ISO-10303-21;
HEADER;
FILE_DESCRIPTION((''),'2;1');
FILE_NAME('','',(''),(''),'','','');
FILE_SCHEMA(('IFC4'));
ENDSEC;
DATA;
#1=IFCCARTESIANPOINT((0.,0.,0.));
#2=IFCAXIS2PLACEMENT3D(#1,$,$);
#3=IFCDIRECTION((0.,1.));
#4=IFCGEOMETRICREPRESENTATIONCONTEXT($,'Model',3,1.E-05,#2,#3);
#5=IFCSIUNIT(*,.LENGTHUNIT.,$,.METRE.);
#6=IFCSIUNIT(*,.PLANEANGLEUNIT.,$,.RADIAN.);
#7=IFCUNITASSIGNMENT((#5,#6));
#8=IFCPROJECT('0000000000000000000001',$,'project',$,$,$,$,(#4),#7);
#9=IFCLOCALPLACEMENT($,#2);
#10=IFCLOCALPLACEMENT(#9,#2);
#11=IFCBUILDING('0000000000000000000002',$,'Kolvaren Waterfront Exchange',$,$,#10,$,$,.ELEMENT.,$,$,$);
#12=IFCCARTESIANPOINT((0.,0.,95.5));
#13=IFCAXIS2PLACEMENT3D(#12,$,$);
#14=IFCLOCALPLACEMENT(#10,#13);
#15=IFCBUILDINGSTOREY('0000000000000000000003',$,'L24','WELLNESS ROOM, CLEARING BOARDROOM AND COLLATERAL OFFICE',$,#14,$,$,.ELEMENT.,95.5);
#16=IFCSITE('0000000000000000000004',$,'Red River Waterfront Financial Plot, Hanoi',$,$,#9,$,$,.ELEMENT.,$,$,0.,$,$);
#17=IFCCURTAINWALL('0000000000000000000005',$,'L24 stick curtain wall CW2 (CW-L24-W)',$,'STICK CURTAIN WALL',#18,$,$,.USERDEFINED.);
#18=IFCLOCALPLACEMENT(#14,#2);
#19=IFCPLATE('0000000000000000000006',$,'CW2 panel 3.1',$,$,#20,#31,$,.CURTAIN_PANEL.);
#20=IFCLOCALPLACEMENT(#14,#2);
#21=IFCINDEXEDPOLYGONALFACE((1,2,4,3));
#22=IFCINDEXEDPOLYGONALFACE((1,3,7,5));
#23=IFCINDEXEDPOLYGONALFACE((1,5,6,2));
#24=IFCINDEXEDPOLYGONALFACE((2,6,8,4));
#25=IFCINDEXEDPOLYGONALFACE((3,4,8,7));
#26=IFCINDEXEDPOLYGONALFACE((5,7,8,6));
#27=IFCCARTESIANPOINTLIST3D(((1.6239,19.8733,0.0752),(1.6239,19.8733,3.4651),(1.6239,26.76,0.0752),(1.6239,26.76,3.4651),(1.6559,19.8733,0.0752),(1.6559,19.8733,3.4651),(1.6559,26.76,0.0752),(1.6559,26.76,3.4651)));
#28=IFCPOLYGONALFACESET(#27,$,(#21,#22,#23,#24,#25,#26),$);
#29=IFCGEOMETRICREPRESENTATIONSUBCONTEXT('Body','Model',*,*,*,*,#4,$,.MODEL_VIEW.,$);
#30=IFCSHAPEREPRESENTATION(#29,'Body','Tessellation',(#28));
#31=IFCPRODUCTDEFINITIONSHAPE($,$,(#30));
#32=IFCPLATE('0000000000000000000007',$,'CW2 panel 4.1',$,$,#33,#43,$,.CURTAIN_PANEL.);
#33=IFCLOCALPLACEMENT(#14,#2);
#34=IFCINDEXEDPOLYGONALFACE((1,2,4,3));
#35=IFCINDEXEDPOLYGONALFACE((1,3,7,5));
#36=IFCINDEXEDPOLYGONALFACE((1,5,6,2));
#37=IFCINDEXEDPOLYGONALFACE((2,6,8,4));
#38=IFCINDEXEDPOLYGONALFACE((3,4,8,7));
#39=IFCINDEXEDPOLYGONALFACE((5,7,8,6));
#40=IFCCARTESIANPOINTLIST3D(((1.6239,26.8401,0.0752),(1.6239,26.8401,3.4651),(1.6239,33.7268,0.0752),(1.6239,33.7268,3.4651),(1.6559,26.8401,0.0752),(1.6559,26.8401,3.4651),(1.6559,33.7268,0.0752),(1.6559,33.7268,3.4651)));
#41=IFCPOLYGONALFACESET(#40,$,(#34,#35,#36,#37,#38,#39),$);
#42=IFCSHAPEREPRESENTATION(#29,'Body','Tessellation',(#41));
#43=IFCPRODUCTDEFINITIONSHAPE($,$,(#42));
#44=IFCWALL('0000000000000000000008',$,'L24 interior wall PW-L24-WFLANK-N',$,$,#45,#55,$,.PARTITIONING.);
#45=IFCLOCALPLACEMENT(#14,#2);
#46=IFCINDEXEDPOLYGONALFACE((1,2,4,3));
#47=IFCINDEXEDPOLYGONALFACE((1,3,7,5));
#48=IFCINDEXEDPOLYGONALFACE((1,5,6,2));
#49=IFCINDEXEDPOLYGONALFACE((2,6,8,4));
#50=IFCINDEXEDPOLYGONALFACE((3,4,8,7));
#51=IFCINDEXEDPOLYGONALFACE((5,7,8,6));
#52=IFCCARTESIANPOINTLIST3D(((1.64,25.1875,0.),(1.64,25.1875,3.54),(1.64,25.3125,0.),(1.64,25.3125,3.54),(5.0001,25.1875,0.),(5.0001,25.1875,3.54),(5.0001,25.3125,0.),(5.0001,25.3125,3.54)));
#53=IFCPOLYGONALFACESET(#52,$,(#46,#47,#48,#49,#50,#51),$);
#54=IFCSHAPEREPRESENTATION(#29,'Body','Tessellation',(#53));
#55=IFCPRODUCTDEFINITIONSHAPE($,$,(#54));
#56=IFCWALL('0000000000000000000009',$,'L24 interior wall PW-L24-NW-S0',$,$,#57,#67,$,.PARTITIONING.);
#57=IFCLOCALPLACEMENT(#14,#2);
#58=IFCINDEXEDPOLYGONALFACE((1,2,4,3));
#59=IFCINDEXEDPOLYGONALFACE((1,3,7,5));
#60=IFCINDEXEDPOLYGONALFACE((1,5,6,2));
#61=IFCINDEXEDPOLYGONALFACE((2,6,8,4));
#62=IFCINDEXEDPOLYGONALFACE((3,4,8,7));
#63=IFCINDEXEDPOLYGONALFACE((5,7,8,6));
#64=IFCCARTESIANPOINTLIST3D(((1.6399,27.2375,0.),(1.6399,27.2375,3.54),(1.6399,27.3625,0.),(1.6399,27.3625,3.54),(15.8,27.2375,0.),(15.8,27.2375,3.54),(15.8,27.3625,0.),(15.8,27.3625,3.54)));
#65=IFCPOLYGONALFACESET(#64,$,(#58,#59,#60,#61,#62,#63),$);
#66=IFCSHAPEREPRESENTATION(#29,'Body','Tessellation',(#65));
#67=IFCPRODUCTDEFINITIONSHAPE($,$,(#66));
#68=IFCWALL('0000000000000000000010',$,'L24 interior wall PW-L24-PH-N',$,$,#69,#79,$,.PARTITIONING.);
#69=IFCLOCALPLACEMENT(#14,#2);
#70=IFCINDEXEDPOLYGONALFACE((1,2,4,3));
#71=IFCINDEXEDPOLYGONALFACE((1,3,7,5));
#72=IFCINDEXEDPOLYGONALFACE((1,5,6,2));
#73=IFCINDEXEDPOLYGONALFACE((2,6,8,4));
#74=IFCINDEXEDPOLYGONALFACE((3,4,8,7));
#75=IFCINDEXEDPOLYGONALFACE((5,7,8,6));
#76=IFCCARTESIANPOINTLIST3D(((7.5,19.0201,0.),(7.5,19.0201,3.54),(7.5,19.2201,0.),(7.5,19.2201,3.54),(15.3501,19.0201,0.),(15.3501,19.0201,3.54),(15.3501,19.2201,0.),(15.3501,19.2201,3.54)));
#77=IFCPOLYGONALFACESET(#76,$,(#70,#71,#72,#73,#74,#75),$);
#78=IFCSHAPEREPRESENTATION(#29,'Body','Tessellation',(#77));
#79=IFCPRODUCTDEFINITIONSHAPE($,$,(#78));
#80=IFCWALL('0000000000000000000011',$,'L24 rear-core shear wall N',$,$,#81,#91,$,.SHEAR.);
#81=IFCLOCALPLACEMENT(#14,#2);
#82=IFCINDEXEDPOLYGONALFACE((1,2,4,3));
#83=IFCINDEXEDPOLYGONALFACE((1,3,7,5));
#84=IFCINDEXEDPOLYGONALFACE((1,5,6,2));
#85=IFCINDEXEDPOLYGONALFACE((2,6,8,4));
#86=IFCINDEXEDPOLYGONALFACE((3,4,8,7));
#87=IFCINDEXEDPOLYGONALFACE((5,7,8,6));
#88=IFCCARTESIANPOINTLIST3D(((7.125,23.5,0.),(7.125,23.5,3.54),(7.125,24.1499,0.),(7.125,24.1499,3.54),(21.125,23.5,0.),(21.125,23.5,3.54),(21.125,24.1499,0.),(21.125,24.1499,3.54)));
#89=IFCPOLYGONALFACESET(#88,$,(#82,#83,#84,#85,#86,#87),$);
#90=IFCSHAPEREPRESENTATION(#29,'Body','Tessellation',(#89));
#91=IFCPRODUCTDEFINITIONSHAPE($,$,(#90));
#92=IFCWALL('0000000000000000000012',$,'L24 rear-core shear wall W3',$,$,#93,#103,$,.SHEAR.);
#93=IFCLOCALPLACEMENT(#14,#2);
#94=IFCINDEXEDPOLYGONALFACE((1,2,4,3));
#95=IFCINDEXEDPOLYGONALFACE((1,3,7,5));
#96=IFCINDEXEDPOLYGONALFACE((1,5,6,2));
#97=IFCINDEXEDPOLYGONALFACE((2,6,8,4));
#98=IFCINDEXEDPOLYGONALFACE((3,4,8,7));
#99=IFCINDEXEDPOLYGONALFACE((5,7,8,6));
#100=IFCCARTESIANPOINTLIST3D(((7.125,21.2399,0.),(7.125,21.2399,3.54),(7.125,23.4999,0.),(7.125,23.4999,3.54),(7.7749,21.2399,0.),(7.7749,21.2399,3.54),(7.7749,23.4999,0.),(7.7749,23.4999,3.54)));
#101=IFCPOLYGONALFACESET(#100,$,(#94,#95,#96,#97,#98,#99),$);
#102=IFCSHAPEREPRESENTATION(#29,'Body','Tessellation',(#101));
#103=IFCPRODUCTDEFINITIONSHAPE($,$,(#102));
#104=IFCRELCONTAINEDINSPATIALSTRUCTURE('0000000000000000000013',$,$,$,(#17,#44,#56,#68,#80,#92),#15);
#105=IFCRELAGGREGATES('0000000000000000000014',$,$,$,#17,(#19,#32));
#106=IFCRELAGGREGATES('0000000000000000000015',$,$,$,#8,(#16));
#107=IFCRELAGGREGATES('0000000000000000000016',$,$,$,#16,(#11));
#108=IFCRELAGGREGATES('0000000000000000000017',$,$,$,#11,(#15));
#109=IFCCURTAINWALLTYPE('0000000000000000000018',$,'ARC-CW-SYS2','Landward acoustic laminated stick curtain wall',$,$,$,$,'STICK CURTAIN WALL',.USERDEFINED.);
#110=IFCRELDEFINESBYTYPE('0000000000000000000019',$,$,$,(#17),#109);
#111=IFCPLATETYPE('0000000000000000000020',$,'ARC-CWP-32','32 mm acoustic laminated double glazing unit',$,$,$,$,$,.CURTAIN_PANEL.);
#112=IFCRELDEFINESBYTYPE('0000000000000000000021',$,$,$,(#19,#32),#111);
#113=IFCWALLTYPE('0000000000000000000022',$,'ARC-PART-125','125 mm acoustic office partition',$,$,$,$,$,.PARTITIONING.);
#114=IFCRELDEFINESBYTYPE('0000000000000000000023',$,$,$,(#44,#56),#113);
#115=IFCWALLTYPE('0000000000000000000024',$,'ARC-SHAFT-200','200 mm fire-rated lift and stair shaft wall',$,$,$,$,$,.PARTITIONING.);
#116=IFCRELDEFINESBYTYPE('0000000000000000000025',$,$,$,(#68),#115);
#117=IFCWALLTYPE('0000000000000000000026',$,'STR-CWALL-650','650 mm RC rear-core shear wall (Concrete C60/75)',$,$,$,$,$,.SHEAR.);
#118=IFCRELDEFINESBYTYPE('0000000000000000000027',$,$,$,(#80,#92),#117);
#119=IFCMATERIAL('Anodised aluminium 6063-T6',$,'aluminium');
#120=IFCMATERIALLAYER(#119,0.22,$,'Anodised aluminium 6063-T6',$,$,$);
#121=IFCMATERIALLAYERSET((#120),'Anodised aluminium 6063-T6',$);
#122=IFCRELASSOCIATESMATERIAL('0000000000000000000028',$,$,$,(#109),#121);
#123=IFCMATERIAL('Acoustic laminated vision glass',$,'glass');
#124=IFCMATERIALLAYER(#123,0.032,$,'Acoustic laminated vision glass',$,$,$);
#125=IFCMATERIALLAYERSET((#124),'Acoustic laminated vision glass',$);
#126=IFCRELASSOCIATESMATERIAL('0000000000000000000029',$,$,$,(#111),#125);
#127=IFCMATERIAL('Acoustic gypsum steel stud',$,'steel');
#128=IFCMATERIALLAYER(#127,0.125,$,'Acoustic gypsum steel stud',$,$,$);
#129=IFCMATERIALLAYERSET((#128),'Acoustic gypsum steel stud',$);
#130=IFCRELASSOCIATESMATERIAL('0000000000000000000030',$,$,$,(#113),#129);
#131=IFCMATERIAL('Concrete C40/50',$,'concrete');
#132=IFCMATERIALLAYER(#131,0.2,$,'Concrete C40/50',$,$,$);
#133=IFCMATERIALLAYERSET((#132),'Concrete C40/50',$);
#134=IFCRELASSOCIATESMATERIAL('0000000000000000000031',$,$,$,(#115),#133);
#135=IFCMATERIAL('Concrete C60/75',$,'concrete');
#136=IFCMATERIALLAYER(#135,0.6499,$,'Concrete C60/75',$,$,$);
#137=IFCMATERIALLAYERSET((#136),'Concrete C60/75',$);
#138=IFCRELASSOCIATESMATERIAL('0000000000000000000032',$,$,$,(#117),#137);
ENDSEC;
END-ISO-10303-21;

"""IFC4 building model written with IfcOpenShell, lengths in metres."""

from ifc_helpers import new_model, si_unit, direction, frame, frame_2d, origin, origin_with_axes, origin_2d, place, context, subcontext, project, spatial, rectangle, extrude, source, transform, mapped, material, layer, layer_set, type_object, element, aggregate, save


model = new_model("IFC4")

# Units and contexts
model_context = context("Model", 3, precision=1e-05, world=origin(), true_north=direction((0.0, 1.0)))
body_context = subcontext(model_context, "Body", "Model", "MODEL_VIEW")
ifc_project = project(units=[si_unit("LENGTHUNIT", "METRE"), si_unit("PLANEANGLEUNIT", "RADIAN")], contexts=[model_context])

# Site, building, storey
site_placement = place(None, origin())
site = spatial("IfcSite", under=ifc_project, at=site_placement, Name="Red River Waterfront Financial Plot, Hanoi", CompositionType="ELEMENT", RefElevation=0.0)
building_placement = place(site_placement, origin())
building = spatial("IfcBuilding", under=site, at=building_placement, Name="Kolvaren Waterfront Exchange", CompositionType="ELEMENT")
storey_placement = place(building_placement, frame((0.0, 0.0, 95.5)))
storey = spatial("IfcBuildingStorey", under=building, at=storey_placement, Name="L24", Description="WELLNESS ROOM, CLEARING BOARDROOM AND COLLATERAL OFFICE", CompositionType="ELEMENT", Elevation=95.5)

# Shared definitions
ifc_material_1 = material(Name="Concrete C60/75", Category="concrete")

# Curtain wall, plates
ifc_material_2 = material(Name="Anodised aluminium 6063-T6", Category="aluminium")
ifc_layer_1 = layer(ifc_material_2, 0.22, Name="Anodised aluminium 6063-T6")
ifc_layer_set_1 = layer_set([ifc_layer_1], Name="Anodised aluminium 6063-T6")
curtain_wall_type = type_object("IfcCurtainWallType", Name="ARC-CW-SYS2", Description="Landward acoustic laminated stick curtain wall", ElementType="STICK CURTAIN WALL", PredefinedType="USERDEFINED", material=ifc_layer_set_1)
curtain_wall_placement = place(storey_placement, origin())
curtain_wall = element("IfcCurtainWall", 1, at=curtain_wall_placement, inside=storey, type_object=curtain_wall_type, Name="L24 stick curtain wall CW2 (CW-L24-W)", ObjectType="STICK CURTAIN WALL", PredefinedType="USERDEFINED")
ifc_material_3 = material(Name="Acoustic laminated vision glass", Category="glass")
ifc_layer_2 = layer(ifc_material_3, 0.032, Name="Acoustic laminated vision glass")
ifc_layer_set_2 = layer_set([ifc_layer_2], Name="Acoustic laminated vision glass")
plate_type = type_object("IfcPlateType", Name="ARC-CWP-32", Description="32 mm acoustic laminated double glazing unit", PredefinedType="CURTAIN_PANEL", material=ifc_layer_set_2)
shared_shape_1 = source(origin_with_axes(), body_context, "Body", "SweptSolid", [
    extrude(rectangle(XDim=6.8867, YDim=0.032, at=origin_2d()), origin(), (0.0, 0.0, 1.0), 3.3899),
])
plate_1_placement = place(storey_placement, frame((1.6399, 23.3167, 0.0752), z_axis=(0.0, 0.0, 1.0), x_axis=(0.0, 1.0, 0.0)))
plate_1 = element("IfcPlate", 2, at=plate_1_placement, type_object=plate_type, Name="CW2 panel 3.1", PredefinedType="CURTAIN_PANEL", context=body_context, shape_type="MappedRepresentation", body=[
    mapped(shared_shape_1, transform((0.0, 0.0, 0.0), x_axis=(1.0, 0.0, 0.0), y_axis=(0.0, 1.0, 0.0), z_axis=(0.0, 0.0, 1.0), scale=1.0)),
])
plate_2_placement = place(storey_placement, frame((1.6399, 30.2834, 0.0752), z_axis=(0.0, 0.0, 1.0), x_axis=(0.0, 1.0, 0.0)))
plate_2 = element("IfcPlate", 3, at=plate_2_placement, type_object=plate_type, Name="CW2 panel 4.1", PredefinedType="CURTAIN_PANEL", context=body_context, shape_type="MappedRepresentation", body=[
    mapped(shared_shape_1, transform((0.0, 0.0, 0.0), x_axis=(1.0, 0.0, 0.0), y_axis=(0.0, 1.0, 0.0), z_axis=(0.0, 0.0, 1.0), scale=1.0)),
])
aggregate(curtain_wall, [plate_1, plate_2])

# Walls
ifc_material_4 = material(Name="Acoustic gypsum steel stud", Category="steel")
ifc_layer_3 = layer(ifc_material_4, 0.125, Name="Acoustic gypsum steel stud")
ifc_layer_set_3 = layer_set([ifc_layer_3], Name="Acoustic gypsum steel stud")
wall_type_1 = type_object("IfcWallType", Name="ARC-PART-125", Description="125 mm acoustic office partition", PredefinedType="PARTITIONING", material=ifc_layer_set_3)
wall_1_placement = place(storey_placement, frame((1.6399, 25.25, 0.0), z_axis=(0.0, 0.0, 1.0), x_axis=(1.0, 0.0, 0.0)))
element("IfcWall", 4, at=wall_1_placement, inside=storey, type_object=wall_type_1, Name="L24 interior wall PW-L24-WFLANK-N", PredefinedType="PARTITIONING", context=body_context, shape_type="SweptSolid", body=[
    extrude(rectangle(XDim=3.3601, YDim=0.125, at=frame_2d((1.6802, 0.0))), origin(), (0.0, 0.0, 1.0), 3.54),
])
wall_2_placement = place(storey_placement, frame((1.6399, 27.3, 0.0), z_axis=(0.0, 0.0, 1.0), x_axis=(1.0, 0.0, 0.0)))
element("IfcWall", 5, at=wall_2_placement, inside=storey, type_object=wall_type_1, Name="L24 interior wall PW-L24-NW-S0", PredefinedType="PARTITIONING", context=body_context, shape_type="SweptSolid", body=[
    extrude(rectangle(XDim=14.1602, YDim=0.125, at=frame_2d((7.0801, 0.0))), origin(), (0.0, 0.0, 1.0), 3.54),
])

# Walls
ifc_material_5 = material(Name="Concrete C40/50", Category="concrete")
ifc_layer_4 = layer(ifc_material_5, 0.2, Name="Concrete C40/50")
ifc_layer_set_4 = layer_set([ifc_layer_4], Name="Concrete C40/50")
wall_type_2 = type_object("IfcWallType", Name="ARC-SHAFT-200", Description="200 mm fire-rated lift and stair shaft wall", PredefinedType="PARTITIONING", material=ifc_layer_set_4)
wall_3_placement = place(storey_placement, frame((7.5, 19.1201, 0.0), z_axis=(0.0, 0.0, 1.0), x_axis=(1.0, 0.0, 0.0)))
element("IfcWall", 6, at=wall_3_placement, inside=storey, type_object=wall_type_2, Name="L24 interior wall PW-L24-PH-N", PredefinedType="PARTITIONING", context=body_context, shape_type="SweptSolid", body=[
    extrude(rectangle(XDim=7.8501, YDim=0.2, at=frame_2d((3.925, 0.0))), origin(), (0.0, 0.0, 1.0), 3.54),
])
ifc_layer_5 = layer(ifc_material_1, 0.6499, Name="Concrete C60/75")
ifc_layer_set_5 = layer_set([ifc_layer_5], Name="Concrete C60/75")
wall_type_3 = type_object("IfcWallType", Name="STR-CWALL-650", Description="650 mm RC rear-core shear wall (Concrete C60/75)", PredefinedType="SHEAR", material=ifc_layer_set_5)
wall_4_placement = place(storey_placement, frame((7.125, 23.825, 0.0), z_axis=(0.0, 0.0, 1.0), x_axis=(1.0, 0.0, 0.0)))
element("IfcWall", 7, at=wall_4_placement, inside=storey, type_object=wall_type_3, Name="L24 rear-core shear wall N", PredefinedType="SHEAR", context=body_context, shape_type="SweptSolid", body=[
    extrude(rectangle(XDim=14.0, YDim=0.6499, at=frame_2d((7.0, 0.0))), origin(), (0.0, 0.0, 1.0), 3.54),
])
wall_5_placement = place(storey_placement, frame((7.45, 21.24, 0.0), z_axis=(0.0, 0.0, 1.0), x_axis=(0.0, 1.0, 0.0)))
element("IfcWall", 8, at=wall_5_placement, inside=storey, type_object=wall_type_3, Name="L24 rear-core shear wall W3", PredefinedType="SHEAR", context=body_context, shape_type="SweptSolid", body=[
    extrude(rectangle(XDim=2.26, YDim=0.6499, at=frame_2d((1.1299, 0.0))), origin(), (0.0, 0.0, 1.0), 3.54),
])

save(model, "model.ifc")
